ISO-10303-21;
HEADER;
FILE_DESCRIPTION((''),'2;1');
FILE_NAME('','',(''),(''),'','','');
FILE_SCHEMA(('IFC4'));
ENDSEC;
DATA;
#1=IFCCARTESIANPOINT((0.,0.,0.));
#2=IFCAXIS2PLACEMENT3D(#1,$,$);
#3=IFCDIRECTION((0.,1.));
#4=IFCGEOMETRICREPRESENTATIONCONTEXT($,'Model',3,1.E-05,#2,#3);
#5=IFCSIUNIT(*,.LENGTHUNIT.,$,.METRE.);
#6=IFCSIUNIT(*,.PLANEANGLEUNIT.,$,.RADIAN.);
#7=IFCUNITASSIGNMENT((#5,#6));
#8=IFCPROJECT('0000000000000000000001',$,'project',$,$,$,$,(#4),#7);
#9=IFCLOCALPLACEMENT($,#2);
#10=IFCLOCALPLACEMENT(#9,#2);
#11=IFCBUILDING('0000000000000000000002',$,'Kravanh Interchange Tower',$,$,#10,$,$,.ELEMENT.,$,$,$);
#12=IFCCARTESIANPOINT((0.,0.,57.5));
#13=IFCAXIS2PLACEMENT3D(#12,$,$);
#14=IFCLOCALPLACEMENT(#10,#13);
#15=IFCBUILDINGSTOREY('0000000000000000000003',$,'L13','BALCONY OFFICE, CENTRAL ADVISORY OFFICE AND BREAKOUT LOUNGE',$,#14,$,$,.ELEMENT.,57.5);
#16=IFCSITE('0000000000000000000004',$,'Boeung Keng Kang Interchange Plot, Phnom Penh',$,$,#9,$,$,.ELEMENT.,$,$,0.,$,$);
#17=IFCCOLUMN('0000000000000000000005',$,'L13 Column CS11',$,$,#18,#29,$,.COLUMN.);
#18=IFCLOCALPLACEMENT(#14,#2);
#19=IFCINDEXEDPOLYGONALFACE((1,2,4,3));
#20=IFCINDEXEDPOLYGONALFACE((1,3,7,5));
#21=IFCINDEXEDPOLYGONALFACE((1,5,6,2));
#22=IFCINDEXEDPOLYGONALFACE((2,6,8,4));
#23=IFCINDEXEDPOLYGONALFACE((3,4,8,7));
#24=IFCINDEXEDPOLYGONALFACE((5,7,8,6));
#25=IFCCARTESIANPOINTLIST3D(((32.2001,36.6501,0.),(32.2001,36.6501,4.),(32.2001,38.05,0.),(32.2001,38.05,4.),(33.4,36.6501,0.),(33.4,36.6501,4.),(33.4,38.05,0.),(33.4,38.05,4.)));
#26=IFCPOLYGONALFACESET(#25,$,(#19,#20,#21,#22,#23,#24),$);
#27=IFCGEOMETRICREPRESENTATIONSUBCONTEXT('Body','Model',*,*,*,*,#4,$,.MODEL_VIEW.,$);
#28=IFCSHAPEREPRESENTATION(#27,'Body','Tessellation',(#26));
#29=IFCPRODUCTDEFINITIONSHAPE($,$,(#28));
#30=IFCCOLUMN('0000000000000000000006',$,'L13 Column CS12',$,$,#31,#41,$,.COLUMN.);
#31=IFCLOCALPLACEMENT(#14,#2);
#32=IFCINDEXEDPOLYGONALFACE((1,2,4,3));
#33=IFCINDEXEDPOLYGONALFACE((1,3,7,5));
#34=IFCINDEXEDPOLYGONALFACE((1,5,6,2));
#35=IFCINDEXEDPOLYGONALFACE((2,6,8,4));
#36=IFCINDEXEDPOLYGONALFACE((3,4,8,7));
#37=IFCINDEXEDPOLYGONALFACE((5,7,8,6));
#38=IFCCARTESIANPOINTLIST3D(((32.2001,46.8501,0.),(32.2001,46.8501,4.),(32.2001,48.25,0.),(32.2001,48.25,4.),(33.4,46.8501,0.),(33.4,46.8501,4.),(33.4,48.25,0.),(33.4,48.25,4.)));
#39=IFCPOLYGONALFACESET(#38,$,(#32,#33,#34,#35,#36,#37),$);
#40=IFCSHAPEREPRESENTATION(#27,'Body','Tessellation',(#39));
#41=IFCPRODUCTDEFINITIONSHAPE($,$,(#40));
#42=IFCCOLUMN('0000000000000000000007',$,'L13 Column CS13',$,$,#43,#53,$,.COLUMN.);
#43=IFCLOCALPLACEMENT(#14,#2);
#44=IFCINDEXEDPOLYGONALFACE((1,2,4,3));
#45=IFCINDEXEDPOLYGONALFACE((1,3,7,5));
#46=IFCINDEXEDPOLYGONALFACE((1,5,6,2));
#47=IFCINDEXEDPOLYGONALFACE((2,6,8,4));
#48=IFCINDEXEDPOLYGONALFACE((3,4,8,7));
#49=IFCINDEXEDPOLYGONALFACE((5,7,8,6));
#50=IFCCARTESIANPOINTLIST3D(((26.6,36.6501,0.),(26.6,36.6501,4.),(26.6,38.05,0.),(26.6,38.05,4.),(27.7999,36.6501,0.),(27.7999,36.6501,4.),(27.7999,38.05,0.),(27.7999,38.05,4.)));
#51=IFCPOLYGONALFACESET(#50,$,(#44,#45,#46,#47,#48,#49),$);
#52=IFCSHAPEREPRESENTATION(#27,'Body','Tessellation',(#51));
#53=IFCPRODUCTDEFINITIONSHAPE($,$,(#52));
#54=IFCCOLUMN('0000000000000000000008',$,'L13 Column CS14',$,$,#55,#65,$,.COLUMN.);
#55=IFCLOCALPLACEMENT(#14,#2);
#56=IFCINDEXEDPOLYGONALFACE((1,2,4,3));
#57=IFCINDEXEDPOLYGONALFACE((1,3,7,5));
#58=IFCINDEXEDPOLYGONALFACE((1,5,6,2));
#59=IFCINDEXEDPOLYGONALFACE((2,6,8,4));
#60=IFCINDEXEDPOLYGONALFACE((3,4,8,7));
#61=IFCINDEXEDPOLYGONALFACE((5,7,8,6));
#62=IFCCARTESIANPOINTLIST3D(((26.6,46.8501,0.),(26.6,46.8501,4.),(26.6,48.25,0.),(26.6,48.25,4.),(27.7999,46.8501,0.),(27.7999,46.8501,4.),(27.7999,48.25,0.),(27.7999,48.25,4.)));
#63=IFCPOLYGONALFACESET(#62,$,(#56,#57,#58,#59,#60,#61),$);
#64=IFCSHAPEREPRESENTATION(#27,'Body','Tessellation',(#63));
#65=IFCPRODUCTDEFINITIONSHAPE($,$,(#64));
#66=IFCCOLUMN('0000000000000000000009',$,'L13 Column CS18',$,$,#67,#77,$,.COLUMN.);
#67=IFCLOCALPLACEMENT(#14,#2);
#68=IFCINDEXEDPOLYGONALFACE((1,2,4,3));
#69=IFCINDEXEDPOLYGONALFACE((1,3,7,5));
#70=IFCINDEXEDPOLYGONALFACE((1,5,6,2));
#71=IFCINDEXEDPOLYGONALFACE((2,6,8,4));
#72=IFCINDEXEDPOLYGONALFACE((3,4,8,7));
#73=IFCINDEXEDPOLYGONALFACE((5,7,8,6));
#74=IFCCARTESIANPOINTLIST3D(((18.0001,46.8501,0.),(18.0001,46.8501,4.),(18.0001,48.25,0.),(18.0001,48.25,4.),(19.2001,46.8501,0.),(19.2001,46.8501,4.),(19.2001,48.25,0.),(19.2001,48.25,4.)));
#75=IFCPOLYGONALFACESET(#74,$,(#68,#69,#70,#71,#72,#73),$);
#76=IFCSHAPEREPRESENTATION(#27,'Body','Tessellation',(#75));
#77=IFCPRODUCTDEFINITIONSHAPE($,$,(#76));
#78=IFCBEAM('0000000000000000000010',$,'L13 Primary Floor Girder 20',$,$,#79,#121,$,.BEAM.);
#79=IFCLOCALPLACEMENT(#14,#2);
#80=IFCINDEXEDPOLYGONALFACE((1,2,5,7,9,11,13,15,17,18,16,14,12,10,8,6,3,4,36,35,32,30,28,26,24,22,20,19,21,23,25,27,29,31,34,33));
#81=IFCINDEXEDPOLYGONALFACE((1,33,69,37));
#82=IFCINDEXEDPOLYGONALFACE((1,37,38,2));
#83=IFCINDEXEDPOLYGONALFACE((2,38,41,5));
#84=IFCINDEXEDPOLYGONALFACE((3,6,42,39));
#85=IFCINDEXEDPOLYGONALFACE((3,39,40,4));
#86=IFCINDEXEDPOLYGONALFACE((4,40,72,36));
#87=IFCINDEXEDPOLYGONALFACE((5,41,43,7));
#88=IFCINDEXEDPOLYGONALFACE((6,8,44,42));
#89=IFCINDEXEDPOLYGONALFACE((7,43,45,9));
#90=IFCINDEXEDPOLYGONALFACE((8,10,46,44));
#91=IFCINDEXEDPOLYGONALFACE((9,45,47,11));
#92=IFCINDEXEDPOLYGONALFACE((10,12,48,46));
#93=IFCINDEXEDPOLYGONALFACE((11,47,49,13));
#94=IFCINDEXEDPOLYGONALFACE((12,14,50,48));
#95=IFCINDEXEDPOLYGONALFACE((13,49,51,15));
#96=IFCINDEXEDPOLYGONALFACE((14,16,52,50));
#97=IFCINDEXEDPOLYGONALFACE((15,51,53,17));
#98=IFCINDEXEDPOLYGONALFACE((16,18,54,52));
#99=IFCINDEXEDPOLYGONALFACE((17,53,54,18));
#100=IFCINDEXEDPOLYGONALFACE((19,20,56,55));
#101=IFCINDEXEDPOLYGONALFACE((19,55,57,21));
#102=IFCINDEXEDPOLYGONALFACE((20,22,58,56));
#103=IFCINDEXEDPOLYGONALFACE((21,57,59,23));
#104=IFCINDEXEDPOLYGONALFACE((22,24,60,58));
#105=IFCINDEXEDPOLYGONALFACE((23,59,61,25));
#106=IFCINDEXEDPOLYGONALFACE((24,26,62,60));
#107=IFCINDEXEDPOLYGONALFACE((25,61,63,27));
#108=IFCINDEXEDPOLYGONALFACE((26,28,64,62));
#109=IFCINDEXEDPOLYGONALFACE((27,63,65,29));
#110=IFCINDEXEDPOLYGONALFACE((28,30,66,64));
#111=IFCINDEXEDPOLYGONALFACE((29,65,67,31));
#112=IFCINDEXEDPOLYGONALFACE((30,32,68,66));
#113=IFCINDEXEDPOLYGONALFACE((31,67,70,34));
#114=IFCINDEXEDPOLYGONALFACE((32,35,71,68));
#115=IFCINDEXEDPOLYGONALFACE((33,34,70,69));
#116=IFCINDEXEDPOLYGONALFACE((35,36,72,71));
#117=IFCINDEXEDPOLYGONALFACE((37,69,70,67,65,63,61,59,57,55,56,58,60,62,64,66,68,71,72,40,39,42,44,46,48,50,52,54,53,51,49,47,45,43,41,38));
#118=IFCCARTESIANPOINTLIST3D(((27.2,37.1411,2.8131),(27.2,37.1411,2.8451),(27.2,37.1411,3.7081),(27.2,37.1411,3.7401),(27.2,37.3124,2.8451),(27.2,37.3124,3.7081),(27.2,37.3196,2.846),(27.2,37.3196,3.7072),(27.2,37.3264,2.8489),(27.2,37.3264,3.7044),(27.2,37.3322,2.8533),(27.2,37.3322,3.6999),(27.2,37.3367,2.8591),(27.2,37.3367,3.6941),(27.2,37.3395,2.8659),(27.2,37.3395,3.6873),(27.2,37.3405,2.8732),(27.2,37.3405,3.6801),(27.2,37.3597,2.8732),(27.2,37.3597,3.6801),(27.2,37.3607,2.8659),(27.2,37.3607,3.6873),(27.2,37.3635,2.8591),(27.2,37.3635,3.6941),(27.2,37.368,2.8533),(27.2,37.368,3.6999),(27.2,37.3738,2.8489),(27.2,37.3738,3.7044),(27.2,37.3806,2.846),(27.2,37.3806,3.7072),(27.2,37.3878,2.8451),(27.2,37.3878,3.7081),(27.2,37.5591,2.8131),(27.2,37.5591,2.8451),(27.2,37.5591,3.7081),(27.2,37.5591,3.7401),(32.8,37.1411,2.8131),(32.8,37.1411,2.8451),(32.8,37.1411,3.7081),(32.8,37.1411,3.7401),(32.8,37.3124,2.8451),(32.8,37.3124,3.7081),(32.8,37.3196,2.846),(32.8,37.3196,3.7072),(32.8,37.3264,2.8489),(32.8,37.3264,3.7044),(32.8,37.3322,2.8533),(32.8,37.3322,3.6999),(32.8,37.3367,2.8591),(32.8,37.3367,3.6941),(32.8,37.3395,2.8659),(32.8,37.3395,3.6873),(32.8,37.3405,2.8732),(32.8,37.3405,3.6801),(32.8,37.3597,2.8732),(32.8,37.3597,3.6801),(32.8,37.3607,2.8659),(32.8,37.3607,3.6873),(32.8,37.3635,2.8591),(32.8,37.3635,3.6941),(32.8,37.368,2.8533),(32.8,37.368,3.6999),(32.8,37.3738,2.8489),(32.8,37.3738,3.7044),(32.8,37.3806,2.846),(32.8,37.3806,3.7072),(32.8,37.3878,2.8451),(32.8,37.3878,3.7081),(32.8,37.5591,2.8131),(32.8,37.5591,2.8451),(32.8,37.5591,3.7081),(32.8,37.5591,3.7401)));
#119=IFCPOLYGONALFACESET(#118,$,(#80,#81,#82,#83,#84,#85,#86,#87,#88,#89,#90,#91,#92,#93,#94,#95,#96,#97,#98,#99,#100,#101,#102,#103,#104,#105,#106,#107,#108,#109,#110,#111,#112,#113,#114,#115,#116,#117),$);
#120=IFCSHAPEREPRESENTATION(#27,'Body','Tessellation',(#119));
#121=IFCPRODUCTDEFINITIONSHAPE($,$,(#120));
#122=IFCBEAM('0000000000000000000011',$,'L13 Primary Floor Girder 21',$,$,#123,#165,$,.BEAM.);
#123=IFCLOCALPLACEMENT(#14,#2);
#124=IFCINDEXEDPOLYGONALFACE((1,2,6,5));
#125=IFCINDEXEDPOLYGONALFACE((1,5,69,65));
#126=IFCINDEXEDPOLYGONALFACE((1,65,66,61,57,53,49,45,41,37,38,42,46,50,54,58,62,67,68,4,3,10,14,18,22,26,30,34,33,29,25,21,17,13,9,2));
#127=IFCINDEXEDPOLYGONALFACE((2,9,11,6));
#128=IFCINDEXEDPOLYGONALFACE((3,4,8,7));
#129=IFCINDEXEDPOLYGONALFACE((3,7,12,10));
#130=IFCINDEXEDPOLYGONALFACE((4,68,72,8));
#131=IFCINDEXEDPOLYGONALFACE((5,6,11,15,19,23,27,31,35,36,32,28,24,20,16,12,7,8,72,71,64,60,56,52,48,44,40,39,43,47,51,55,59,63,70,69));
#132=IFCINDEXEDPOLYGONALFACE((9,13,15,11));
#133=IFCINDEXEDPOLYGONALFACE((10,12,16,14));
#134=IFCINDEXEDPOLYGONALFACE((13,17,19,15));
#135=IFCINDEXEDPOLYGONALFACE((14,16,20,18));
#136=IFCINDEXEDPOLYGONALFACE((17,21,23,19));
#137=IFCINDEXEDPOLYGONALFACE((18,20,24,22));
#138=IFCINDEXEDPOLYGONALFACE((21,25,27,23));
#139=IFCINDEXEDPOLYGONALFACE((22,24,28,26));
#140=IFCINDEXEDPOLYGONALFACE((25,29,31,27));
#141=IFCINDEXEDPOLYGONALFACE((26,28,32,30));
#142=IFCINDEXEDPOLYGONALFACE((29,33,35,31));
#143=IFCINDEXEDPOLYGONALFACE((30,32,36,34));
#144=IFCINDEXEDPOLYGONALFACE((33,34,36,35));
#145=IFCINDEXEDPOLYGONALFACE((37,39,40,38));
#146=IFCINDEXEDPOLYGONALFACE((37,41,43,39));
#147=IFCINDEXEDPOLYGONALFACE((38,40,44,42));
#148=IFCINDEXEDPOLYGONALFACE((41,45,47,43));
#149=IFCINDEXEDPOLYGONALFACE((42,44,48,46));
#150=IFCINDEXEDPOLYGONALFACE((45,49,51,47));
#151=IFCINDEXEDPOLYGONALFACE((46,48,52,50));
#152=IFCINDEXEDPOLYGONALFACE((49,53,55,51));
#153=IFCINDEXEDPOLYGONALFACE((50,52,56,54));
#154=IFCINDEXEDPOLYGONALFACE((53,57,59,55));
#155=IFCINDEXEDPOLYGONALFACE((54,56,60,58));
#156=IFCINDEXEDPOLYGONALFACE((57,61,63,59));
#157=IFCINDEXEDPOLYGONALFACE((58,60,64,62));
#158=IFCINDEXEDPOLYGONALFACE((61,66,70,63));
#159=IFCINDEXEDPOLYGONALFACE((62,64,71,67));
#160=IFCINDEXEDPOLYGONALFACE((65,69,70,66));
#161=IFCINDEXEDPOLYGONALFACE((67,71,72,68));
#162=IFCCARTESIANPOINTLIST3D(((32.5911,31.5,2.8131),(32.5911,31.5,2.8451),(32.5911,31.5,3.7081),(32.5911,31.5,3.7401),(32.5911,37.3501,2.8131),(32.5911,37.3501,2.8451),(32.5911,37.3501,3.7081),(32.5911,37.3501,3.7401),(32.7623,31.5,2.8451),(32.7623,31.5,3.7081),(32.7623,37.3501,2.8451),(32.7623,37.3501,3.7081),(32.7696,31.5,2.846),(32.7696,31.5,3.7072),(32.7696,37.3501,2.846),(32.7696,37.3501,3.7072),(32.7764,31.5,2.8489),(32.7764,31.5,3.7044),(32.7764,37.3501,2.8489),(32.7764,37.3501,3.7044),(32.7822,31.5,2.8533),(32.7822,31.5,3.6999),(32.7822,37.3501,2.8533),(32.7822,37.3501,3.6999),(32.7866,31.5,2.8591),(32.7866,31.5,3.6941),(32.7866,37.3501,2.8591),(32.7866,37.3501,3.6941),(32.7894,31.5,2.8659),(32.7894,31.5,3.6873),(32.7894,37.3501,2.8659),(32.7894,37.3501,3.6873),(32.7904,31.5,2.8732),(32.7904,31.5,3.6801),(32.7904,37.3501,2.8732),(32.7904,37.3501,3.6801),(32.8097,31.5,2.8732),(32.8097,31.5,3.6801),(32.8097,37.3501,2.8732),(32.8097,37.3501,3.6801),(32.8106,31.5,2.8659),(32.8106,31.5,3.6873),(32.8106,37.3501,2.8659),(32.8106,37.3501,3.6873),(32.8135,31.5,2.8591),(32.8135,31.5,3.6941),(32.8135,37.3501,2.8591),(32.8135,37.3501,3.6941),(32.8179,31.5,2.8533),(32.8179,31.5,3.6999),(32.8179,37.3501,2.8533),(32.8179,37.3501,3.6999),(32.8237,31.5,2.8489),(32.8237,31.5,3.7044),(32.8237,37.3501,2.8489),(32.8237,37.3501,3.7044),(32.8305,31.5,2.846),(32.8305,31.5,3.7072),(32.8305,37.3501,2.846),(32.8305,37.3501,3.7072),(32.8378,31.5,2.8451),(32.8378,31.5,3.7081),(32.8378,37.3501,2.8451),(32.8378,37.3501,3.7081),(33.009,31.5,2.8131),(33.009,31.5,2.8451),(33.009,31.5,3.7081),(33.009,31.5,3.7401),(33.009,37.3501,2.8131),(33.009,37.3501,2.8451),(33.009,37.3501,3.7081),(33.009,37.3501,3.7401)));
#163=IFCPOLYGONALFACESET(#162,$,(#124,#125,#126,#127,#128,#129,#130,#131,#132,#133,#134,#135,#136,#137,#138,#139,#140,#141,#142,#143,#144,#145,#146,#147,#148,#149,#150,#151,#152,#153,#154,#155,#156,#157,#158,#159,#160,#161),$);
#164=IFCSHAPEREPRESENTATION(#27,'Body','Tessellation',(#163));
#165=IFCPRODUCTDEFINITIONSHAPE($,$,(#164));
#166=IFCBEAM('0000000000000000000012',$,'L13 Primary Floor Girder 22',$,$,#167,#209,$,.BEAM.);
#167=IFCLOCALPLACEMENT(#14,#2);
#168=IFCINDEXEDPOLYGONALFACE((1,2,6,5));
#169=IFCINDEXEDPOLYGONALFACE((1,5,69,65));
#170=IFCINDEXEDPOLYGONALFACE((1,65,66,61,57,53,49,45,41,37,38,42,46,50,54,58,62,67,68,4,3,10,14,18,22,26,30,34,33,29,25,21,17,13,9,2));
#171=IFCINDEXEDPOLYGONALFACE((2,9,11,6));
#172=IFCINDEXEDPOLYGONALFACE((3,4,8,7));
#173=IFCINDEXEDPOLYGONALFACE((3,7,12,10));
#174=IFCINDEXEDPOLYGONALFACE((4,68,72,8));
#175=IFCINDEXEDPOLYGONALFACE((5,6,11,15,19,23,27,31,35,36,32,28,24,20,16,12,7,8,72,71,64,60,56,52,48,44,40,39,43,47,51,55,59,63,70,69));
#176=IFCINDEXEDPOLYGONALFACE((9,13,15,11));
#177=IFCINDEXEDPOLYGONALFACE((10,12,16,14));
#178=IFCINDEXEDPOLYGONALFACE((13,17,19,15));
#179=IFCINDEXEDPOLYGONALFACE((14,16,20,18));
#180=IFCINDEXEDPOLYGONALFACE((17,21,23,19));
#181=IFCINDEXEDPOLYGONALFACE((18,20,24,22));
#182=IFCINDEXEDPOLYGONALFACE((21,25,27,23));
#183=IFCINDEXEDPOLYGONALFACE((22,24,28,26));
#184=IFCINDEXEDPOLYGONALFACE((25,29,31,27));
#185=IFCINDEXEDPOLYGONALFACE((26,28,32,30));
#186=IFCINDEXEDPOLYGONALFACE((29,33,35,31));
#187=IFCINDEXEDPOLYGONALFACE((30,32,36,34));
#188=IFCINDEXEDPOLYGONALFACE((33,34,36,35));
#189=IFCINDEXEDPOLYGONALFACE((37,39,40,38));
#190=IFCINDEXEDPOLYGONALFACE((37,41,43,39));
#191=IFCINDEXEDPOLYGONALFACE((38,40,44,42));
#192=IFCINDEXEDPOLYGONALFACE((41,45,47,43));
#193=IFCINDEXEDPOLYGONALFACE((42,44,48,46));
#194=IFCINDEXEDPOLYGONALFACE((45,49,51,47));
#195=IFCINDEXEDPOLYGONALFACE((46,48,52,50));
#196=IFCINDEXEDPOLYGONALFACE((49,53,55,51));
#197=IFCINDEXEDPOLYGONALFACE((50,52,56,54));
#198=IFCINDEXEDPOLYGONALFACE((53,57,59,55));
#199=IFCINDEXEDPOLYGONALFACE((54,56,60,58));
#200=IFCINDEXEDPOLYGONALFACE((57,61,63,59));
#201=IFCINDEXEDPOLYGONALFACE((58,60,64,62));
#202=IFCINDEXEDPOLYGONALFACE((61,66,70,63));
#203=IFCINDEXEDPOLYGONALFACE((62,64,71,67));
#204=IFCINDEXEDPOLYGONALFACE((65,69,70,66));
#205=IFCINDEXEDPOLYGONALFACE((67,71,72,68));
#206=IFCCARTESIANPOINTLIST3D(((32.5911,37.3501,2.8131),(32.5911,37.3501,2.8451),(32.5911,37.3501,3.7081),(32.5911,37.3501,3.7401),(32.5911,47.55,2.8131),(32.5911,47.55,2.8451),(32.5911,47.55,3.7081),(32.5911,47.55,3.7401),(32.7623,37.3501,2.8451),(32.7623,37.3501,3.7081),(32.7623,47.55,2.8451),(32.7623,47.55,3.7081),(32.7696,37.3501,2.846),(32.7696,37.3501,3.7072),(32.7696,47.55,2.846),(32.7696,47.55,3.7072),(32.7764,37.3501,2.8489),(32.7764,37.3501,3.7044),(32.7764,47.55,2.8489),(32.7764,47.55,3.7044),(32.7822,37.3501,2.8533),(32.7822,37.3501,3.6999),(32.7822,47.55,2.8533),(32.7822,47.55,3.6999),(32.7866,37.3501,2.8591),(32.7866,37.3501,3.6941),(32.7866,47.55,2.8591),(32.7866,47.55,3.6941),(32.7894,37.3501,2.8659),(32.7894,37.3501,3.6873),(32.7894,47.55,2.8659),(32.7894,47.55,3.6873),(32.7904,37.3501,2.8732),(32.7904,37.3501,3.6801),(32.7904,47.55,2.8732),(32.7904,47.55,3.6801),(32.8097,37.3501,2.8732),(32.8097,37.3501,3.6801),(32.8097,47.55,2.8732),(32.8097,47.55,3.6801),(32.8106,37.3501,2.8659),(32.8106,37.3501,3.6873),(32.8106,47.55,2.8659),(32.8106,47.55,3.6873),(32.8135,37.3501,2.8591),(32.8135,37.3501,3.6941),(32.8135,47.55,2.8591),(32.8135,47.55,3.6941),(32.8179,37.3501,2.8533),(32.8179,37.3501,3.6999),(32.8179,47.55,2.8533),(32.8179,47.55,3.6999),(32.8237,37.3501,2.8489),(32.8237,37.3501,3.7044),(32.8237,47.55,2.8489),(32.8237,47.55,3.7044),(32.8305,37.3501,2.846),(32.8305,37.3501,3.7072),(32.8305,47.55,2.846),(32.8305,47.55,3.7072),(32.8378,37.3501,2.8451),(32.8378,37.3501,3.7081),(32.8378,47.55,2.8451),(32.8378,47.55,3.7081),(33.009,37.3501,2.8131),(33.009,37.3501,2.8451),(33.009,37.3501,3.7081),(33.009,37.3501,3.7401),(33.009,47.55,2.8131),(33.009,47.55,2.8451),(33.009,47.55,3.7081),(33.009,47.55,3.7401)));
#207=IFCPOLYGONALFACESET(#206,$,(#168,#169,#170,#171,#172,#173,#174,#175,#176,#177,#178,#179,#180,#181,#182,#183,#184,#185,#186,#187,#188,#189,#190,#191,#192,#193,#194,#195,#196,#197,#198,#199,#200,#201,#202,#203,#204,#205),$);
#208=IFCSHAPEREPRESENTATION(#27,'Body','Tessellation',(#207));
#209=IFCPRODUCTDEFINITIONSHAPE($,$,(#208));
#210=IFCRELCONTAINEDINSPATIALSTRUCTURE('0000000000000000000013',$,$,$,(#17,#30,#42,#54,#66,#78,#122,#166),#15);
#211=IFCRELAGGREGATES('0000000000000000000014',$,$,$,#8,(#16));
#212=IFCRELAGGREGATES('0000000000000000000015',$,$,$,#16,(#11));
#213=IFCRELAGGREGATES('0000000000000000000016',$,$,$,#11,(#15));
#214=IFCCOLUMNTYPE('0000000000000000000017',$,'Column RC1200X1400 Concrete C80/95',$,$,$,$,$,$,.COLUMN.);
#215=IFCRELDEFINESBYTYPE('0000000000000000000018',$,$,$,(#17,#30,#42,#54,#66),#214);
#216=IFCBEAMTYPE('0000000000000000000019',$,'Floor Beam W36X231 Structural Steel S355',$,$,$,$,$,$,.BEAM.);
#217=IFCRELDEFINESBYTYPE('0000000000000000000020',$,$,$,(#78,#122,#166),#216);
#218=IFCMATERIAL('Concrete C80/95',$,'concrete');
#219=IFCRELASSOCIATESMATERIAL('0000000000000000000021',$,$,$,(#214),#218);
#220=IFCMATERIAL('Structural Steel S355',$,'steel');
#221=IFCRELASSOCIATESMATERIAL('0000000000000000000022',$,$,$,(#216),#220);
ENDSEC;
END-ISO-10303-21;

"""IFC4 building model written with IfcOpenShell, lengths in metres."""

from ifc_helpers import new_model, si_unit, direction, frame, origin, origin_2d, place, context, subcontext, project, spatial, rectangle, i_section, extrude, material, material_profile, profile_set, type_object, element, save


model = new_model("IFC4")

# Units and contexts
model_context = context("Model", 3, precision=1e-05, world=origin(), true_north=direction((0.0, 1.0)))
body_context = subcontext(model_context, "Body", "Model", "MODEL_VIEW")
ifc_project = project(units=[si_unit("LENGTHUNIT", "METRE"), si_unit("PLANEANGLEUNIT", "RADIAN")], contexts=[model_context])

# Site, building, storey
site_placement = place(None, origin())
site = spatial("IfcSite", under=ifc_project, at=site_placement, Name="Boeung Keng Kang Interchange Plot, Phnom Penh", CompositionType="ELEMENT", RefElevation=0.0)
building_placement = place(site_placement, origin())
building = spatial("IfcBuilding", under=site, at=building_placement, Name="Kravanh Interchange Tower", CompositionType="ELEMENT")
storey_placement = place(building_placement, frame((0.0, 0.0, 57.5)))
storey = spatial("IfcBuildingStorey", under=building, at=storey_placement, Name="L13", Description="BALCONY OFFICE, CENTRAL ADVISORY OFFICE AND BREAKOUT LOUNGE", CompositionType="ELEMENT", Elevation=57.5)

# Columns
ifc_material_1 = material(Name="Concrete C80/95", Category="concrete")
ifc_material_profile_1 = material_profile(ifc_material_1, rectangle(XDim=1.2, YDim=1.3999, at=origin_2d()), Name="RC1200X1400")
ifc_profile_set_1 = profile_set([ifc_material_profile_1], Name="Concrete C80/95")
column_type = type_object("IfcColumnType", Name="Column RC1200X1400 Concrete C80/95", PredefinedType="COLUMN", material=ifc_profile_set_1)
for number, where, z_axis, x_axis, name in (
    (1, (32.8, 37.3501, 0.0), (0.0, 0.0, 1.0), (1.0, 0.0, 0.0), "L13 Column CS11"),
    (2, (32.8, 47.55, 0.0), (0.0, 0.0, 1.0), (1.0, 0.0, 0.0), "L13 Column CS12"),
    (3, (27.2, 37.3501, 0.0), (0.0, 0.0, 1.0), (1.0, 0.0, 0.0), "L13 Column CS13"),
    (4, (27.2, 47.55, 0.0), (0.0, 0.0, 1.0), (1.0, 0.0, 0.0), "L13 Column CS14"),
    (5, (18.6001, 47.55, 0.0), (0.0, 0.0, 1.0), (1.0, 0.0, 0.0), "L13 Column CS18"),
):
    element("IfcColumn", number, at=place(storey_placement, frame(where, z_axis=z_axis, x_axis=x_axis)), inside=storey, type_object=column_type, Name=name, PredefinedType="COLUMN", context=body_context, shape_type="SweptSolid", body=[
        extrude(rectangle(XDim=1.2, YDim=1.3999, at=origin_2d()), origin(), (0.0, 0.0, 1.0), 4.0),
    ])

# Beams
ifc_material_2 = material(Name="Structural Steel S355", Category="steel")
ifc_material_profile_2 = material_profile(ifc_material_2, i_section(OverallWidth=0.418, OverallDepth=0.927, WebThickness=0.0193, FlangeThickness=0.032, FilletRadius=0.0281, at=origin_2d()), Name="W36X231")
ifc_profile_set_2 = profile_set([ifc_material_profile_2], Name="Structural Steel S355")
beam_type = type_object("IfcBeamType", Name="Floor Beam W36X231 Structural Steel S355", PredefinedType="BEAM", material=ifc_profile_set_2)
beam_1_placement = place(storey_placement, frame((32.8, 37.3501, 3.2766), z_axis=(-1.0, 0.0, 0.0), x_axis=(0.0, -1.0, 0.0)))
element("IfcBeam", 6, at=beam_1_placement, inside=storey, type_object=beam_type, Name="L13 Primary Floor Girder 20", PredefinedType="BEAM", context=body_context, shape_type="SweptSolid", body=[
    extrude(i_section(OverallWidth=0.418, OverallDepth=0.927, WebThickness=0.0193, FlangeThickness=0.032, FilletRadius=0.0281, at=origin_2d()), origin(), (0.0, 0.0, 1.0), 5.6001),
])
beam_2_placement = place(storey_placement, frame((32.8, 37.3501, 3.2766), z_axis=(0.0, -1.0, 0.0), x_axis=(1.0, 0.0, 0.0)))
element("IfcBeam", 7, at=beam_2_placement, inside=storey, type_object=beam_type, Name="L13 Primary Floor Girder 21", PredefinedType="BEAM", context=body_context, shape_type="SweptSolid", body=[
    extrude(i_section(OverallWidth=0.418, OverallDepth=0.927, WebThickness=0.0193, FlangeThickness=0.032, FilletRadius=0.0281, at=origin_2d()), origin(), (0.0, 0.0, 1.0), 5.8501),
])
beam_3_placement = place(storey_placement, frame((32.8, 37.3501, 3.2766), z_axis=(0.0, 1.0, 0.0), x_axis=(-1.0, 0.0, 0.0)))
element("IfcBeam", 8, at=beam_3_placement, inside=storey, type_object=beam_type, Name="L13 Primary Floor Girder 22", PredefinedType="BEAM", context=body_context, shape_type="SweptSolid", body=[
    extrude(i_section(OverallWidth=0.418, OverallDepth=0.927, WebThickness=0.0193, FlangeThickness=0.032, FilletRadius=0.0281, at=origin_2d()), origin(), (0.0, 0.0, 1.0), 10.2),
])

save(model, "model.ifc")
